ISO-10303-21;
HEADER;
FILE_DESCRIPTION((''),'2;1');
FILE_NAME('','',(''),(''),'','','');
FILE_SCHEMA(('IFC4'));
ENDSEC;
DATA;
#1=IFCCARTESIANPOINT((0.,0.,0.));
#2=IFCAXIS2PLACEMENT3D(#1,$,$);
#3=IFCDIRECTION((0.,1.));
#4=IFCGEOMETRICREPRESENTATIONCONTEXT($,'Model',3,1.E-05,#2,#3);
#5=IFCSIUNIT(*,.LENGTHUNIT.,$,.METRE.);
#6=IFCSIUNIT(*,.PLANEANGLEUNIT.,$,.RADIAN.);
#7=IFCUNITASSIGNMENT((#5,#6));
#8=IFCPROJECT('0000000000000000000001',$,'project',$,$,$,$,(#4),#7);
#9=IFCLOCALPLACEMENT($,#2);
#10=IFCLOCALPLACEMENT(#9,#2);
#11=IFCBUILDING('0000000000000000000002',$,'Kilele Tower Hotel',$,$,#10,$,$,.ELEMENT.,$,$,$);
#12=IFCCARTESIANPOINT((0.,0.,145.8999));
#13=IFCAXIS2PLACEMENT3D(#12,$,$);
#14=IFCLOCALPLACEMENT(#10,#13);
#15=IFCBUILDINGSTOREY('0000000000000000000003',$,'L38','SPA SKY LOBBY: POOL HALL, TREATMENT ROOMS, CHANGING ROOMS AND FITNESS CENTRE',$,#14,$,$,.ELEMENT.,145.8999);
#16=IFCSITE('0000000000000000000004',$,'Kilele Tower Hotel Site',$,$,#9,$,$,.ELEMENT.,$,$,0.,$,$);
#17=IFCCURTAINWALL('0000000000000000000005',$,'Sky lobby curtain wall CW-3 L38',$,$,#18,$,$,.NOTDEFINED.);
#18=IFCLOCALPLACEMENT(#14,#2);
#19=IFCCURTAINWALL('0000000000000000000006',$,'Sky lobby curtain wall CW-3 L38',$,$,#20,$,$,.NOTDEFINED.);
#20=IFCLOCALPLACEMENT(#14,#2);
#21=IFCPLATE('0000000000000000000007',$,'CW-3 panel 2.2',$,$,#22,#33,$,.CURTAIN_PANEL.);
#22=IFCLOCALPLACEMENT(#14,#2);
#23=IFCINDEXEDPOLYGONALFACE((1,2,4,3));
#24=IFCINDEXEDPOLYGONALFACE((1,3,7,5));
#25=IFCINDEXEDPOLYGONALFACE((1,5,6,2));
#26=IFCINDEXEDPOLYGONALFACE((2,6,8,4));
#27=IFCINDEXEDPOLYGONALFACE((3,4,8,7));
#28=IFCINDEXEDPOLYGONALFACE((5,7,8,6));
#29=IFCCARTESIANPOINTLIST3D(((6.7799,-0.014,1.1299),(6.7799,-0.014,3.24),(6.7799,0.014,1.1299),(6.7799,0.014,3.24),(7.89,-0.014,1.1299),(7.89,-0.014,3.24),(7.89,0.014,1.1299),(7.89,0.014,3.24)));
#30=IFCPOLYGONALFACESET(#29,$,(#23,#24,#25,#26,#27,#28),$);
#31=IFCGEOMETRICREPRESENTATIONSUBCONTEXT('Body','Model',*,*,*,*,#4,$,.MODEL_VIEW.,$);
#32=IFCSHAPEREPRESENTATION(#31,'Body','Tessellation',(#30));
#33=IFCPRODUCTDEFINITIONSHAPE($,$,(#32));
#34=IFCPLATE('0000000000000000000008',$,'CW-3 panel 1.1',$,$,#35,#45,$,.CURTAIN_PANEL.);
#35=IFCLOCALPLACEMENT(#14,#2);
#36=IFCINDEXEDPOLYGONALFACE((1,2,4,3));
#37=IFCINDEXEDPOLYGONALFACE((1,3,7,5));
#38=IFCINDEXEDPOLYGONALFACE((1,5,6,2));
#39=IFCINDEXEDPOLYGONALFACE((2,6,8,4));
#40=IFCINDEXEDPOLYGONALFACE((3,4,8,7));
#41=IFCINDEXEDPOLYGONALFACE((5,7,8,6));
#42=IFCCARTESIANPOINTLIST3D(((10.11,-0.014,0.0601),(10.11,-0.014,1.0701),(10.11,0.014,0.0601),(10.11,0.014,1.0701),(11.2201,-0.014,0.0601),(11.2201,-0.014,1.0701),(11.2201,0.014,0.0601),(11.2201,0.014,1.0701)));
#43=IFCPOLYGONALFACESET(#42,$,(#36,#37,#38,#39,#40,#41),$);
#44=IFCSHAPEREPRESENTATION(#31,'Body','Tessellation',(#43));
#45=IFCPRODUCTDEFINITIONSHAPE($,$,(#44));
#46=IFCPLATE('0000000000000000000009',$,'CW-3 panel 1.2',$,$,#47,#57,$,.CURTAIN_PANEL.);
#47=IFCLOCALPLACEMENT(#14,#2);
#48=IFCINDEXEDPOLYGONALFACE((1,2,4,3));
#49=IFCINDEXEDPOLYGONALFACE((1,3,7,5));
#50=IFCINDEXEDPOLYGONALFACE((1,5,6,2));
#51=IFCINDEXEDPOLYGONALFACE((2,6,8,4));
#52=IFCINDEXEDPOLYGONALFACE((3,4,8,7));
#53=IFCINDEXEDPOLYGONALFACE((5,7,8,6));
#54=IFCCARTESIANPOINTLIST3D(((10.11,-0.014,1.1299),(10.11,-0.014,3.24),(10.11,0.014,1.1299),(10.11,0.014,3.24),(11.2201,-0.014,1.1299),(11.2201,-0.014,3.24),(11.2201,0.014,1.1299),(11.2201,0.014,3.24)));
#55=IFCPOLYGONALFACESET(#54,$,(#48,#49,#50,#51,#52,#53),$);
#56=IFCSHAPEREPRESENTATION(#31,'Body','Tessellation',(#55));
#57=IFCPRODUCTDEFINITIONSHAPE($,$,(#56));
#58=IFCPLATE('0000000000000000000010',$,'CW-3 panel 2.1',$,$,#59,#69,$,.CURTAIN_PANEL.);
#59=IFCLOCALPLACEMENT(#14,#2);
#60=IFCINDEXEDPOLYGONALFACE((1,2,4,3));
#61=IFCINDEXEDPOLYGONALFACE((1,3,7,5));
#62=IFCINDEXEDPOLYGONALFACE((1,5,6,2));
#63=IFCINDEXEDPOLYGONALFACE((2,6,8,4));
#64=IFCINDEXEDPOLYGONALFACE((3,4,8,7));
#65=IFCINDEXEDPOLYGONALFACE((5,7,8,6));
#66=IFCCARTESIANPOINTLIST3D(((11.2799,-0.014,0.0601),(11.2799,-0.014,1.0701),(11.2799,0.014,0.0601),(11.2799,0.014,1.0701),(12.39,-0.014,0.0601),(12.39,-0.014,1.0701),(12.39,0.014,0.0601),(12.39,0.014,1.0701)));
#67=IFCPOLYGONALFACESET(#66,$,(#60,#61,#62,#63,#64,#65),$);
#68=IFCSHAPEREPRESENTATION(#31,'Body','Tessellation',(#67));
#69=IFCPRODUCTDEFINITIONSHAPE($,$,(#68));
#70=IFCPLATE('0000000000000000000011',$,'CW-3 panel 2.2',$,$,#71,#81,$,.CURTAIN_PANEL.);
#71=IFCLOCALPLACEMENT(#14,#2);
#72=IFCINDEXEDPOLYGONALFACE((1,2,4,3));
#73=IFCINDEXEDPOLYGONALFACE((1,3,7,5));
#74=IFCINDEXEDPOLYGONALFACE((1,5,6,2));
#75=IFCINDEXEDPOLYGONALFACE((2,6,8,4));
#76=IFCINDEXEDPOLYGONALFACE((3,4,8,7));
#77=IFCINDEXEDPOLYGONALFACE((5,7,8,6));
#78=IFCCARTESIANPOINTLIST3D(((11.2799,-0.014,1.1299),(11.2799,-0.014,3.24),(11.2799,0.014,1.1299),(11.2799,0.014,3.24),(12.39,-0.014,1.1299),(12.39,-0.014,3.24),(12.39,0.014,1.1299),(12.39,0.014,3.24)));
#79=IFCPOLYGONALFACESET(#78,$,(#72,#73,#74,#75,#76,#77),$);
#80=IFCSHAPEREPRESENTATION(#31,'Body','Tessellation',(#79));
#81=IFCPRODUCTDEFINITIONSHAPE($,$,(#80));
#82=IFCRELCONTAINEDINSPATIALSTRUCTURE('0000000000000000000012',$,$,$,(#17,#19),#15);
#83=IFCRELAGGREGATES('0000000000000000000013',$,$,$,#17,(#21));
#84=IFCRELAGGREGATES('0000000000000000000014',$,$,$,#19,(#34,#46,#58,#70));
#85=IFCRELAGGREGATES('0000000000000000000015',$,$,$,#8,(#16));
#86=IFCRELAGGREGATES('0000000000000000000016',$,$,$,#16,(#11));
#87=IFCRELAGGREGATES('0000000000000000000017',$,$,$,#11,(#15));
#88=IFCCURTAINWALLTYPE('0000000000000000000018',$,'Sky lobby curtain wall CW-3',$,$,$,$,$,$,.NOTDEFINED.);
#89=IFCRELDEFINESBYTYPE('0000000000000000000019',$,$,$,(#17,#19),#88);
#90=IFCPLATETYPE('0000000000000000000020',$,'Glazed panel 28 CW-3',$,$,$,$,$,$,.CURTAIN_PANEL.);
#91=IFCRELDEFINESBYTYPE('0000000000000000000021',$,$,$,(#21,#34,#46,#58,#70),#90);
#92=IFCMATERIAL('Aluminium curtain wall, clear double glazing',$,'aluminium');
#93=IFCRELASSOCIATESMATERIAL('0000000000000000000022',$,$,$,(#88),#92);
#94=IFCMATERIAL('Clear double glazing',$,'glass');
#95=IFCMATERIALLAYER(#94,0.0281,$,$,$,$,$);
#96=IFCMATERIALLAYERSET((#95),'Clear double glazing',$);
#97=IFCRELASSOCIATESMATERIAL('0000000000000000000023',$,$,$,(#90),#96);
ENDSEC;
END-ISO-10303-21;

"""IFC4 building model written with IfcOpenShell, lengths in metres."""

from ifc_helpers import new_model, si_unit, direction, frame, origin, origin_2d, place, context, subcontext, project, spatial, rectangle, extrude, material, layer, layer_set, type_object, element, aggregate, save


model = new_model("IFC4")

# Units and contexts
model_context = context("Model", 3, precision=1e-05, world=origin(), true_north=direction((0.0, 1.0)))
body_context = subcontext(model_context, "Body", "Model", "MODEL_VIEW")
ifc_project = project(units=[si_unit("LENGTHUNIT", "METRE"), si_unit("PLANEANGLEUNIT", "RADIAN")], contexts=[model_context])

# Site, building, storey
site_placement = place(None, origin())
site = spatial("IfcSite", under=ifc_project, at=site_placement, Name="Kilele Tower Hotel Site", CompositionType="ELEMENT", RefElevation=0.0)
building_placement = place(site_placement, origin())
building = spatial("IfcBuilding", under=site, at=building_placement, Name="Kilele Tower Hotel", CompositionType="ELEMENT")
storey_placement = place(building_placement, frame((0.0, 0.0, 145.8999)))
storey = spatial("IfcBuildingStorey", under=building, at=storey_placement, Name="L38", Description="SPA SKY LOBBY: POOL HALL, TREATMENT ROOMS, CHANGING ROOMS AND FITNESS CENTRE", CompositionType="ELEMENT", Elevation=145.8999)

# Curtain wall
ifc_material_1 = material(Name="Aluminium curtain wall, clear double glazing", Category="aluminium")
curtain_wall_type = type_object("IfcCurtainWallType", Name="Sky lobby curtain wall CW-3", PredefinedType="NOTDEFINED", material=ifc_material_1)
curtain_wall_1_placement = place(storey_placement, origin())
curtain_wall_1 = element("IfcCurtainWall", 1, at=curtain_wall_1_placement, inside=storey, type_object=curtain_wall_type, Name="Sky lobby curtain wall CW-3 L38", PredefinedType="NOTDEFINED")

# Curtain wall
curtain_wall_2_placement = place(storey_placement, origin())
curtain_wall_2 = element("IfcCurtainWall", 2, at=curtain_wall_2_placement, inside=storey, type_object=curtain_wall_type, Name="Sky lobby curtain wall CW-3 L38", PredefinedType="NOTDEFINED")

# Plates
ifc_material_2 = material(Name="Clear double glazing", Category="glass")
ifc_layer = layer(ifc_material_2, 0.0281)
ifc_layer_set = layer_set([ifc_layer], Name="Clear double glazing")
plate_type = type_object("IfcPlateType", Name="Glazed panel 28 CW-3", PredefinedType="CURTAIN_PANEL", material=ifc_layer_set)
plate_1_placement = place(storey_placement, frame((7.335, 0.0, 1.1299), z_axis=(0.0, 0.0, 1.0), x_axis=(1.0, 0.0, 0.0)))
plate_1 = element("IfcPlate", 3, at=plate_1_placement, type_object=plate_type, Name="CW-3 panel 2.2", PredefinedType="CURTAIN_PANEL", context=body_context, shape_type="SweptSolid", body=[
    extrude(rectangle(XDim=1.1101, YDim=0.0281, at=origin_2d()), origin(), (0.0, 0.0, 1.0), 2.1101),
])
aggregate(curtain_wall_1, [plate_1])
plate_2_placement = place(storey_placement, frame((10.665, 0.0, 0.0601), z_axis=(0.0, 0.0, 1.0), x_axis=(1.0, 0.0, 0.0)))
plate_2 = element("IfcPlate", 4, at=plate_2_placement, type_object=plate_type, Name="CW-3 panel 1.1", PredefinedType="CURTAIN_PANEL", context=body_context, shape_type="SweptSolid", body=[
    extrude(rectangle(XDim=1.1101, YDim=0.0281, at=origin_2d()), origin(), (0.0, 0.0, 1.0), 1.01),
])
plate_3_placement = place(storey_placement, frame((10.665, 0.0, 1.1299), z_axis=(0.0, 0.0, 1.0), x_axis=(1.0, 0.0, 0.0)))
plate_3 = element("IfcPlate", 5, at=plate_3_placement, type_object=plate_type, Name="CW-3 panel 1.2", PredefinedType="CURTAIN_PANEL", context=body_context, shape_type="SweptSolid", body=[
    extrude(rectangle(XDim=1.1101, YDim=0.0281, at=origin_2d()), origin(), (0.0, 0.0, 1.0), 2.1101),
])
plate_4_placement = place(storey_placement, frame((11.835, 0.0, 0.0601), z_axis=(0.0, 0.0, 1.0), x_axis=(1.0, 0.0, 0.0)))
plate_4 = element("IfcPlate", 6, at=plate_4_placement, type_object=plate_type, Name="CW-3 panel 2.1", PredefinedType="CURTAIN_PANEL", context=body_context, shape_type="SweptSolid", body=[
    extrude(rectangle(XDim=1.1101, YDim=0.0281, at=origin_2d()), origin(), (0.0, 0.0, 1.0), 1.01),
])
plate_5_placement = place(storey_placement, frame((11.835, 0.0, 1.1299), z_axis=(0.0, 0.0, 1.0), x_axis=(1.0, 0.0, 0.0)))
plate_5 = element("IfcPlate", 7, at=plate_5_placement, type_object=plate_type, Name="CW-3 panel 2.2", PredefinedType="CURTAIN_PANEL", context=body_context, shape_type="SweptSolid", body=[
    extrude(rectangle(XDim=1.1101, YDim=0.0281, at=origin_2d()), origin(), (0.0, 0.0, 1.0), 2.1101),
])
aggregate(curtain_wall_2, [plate_2, plate_3, plate_4, plate_5])

save(model, "model.ifc")
